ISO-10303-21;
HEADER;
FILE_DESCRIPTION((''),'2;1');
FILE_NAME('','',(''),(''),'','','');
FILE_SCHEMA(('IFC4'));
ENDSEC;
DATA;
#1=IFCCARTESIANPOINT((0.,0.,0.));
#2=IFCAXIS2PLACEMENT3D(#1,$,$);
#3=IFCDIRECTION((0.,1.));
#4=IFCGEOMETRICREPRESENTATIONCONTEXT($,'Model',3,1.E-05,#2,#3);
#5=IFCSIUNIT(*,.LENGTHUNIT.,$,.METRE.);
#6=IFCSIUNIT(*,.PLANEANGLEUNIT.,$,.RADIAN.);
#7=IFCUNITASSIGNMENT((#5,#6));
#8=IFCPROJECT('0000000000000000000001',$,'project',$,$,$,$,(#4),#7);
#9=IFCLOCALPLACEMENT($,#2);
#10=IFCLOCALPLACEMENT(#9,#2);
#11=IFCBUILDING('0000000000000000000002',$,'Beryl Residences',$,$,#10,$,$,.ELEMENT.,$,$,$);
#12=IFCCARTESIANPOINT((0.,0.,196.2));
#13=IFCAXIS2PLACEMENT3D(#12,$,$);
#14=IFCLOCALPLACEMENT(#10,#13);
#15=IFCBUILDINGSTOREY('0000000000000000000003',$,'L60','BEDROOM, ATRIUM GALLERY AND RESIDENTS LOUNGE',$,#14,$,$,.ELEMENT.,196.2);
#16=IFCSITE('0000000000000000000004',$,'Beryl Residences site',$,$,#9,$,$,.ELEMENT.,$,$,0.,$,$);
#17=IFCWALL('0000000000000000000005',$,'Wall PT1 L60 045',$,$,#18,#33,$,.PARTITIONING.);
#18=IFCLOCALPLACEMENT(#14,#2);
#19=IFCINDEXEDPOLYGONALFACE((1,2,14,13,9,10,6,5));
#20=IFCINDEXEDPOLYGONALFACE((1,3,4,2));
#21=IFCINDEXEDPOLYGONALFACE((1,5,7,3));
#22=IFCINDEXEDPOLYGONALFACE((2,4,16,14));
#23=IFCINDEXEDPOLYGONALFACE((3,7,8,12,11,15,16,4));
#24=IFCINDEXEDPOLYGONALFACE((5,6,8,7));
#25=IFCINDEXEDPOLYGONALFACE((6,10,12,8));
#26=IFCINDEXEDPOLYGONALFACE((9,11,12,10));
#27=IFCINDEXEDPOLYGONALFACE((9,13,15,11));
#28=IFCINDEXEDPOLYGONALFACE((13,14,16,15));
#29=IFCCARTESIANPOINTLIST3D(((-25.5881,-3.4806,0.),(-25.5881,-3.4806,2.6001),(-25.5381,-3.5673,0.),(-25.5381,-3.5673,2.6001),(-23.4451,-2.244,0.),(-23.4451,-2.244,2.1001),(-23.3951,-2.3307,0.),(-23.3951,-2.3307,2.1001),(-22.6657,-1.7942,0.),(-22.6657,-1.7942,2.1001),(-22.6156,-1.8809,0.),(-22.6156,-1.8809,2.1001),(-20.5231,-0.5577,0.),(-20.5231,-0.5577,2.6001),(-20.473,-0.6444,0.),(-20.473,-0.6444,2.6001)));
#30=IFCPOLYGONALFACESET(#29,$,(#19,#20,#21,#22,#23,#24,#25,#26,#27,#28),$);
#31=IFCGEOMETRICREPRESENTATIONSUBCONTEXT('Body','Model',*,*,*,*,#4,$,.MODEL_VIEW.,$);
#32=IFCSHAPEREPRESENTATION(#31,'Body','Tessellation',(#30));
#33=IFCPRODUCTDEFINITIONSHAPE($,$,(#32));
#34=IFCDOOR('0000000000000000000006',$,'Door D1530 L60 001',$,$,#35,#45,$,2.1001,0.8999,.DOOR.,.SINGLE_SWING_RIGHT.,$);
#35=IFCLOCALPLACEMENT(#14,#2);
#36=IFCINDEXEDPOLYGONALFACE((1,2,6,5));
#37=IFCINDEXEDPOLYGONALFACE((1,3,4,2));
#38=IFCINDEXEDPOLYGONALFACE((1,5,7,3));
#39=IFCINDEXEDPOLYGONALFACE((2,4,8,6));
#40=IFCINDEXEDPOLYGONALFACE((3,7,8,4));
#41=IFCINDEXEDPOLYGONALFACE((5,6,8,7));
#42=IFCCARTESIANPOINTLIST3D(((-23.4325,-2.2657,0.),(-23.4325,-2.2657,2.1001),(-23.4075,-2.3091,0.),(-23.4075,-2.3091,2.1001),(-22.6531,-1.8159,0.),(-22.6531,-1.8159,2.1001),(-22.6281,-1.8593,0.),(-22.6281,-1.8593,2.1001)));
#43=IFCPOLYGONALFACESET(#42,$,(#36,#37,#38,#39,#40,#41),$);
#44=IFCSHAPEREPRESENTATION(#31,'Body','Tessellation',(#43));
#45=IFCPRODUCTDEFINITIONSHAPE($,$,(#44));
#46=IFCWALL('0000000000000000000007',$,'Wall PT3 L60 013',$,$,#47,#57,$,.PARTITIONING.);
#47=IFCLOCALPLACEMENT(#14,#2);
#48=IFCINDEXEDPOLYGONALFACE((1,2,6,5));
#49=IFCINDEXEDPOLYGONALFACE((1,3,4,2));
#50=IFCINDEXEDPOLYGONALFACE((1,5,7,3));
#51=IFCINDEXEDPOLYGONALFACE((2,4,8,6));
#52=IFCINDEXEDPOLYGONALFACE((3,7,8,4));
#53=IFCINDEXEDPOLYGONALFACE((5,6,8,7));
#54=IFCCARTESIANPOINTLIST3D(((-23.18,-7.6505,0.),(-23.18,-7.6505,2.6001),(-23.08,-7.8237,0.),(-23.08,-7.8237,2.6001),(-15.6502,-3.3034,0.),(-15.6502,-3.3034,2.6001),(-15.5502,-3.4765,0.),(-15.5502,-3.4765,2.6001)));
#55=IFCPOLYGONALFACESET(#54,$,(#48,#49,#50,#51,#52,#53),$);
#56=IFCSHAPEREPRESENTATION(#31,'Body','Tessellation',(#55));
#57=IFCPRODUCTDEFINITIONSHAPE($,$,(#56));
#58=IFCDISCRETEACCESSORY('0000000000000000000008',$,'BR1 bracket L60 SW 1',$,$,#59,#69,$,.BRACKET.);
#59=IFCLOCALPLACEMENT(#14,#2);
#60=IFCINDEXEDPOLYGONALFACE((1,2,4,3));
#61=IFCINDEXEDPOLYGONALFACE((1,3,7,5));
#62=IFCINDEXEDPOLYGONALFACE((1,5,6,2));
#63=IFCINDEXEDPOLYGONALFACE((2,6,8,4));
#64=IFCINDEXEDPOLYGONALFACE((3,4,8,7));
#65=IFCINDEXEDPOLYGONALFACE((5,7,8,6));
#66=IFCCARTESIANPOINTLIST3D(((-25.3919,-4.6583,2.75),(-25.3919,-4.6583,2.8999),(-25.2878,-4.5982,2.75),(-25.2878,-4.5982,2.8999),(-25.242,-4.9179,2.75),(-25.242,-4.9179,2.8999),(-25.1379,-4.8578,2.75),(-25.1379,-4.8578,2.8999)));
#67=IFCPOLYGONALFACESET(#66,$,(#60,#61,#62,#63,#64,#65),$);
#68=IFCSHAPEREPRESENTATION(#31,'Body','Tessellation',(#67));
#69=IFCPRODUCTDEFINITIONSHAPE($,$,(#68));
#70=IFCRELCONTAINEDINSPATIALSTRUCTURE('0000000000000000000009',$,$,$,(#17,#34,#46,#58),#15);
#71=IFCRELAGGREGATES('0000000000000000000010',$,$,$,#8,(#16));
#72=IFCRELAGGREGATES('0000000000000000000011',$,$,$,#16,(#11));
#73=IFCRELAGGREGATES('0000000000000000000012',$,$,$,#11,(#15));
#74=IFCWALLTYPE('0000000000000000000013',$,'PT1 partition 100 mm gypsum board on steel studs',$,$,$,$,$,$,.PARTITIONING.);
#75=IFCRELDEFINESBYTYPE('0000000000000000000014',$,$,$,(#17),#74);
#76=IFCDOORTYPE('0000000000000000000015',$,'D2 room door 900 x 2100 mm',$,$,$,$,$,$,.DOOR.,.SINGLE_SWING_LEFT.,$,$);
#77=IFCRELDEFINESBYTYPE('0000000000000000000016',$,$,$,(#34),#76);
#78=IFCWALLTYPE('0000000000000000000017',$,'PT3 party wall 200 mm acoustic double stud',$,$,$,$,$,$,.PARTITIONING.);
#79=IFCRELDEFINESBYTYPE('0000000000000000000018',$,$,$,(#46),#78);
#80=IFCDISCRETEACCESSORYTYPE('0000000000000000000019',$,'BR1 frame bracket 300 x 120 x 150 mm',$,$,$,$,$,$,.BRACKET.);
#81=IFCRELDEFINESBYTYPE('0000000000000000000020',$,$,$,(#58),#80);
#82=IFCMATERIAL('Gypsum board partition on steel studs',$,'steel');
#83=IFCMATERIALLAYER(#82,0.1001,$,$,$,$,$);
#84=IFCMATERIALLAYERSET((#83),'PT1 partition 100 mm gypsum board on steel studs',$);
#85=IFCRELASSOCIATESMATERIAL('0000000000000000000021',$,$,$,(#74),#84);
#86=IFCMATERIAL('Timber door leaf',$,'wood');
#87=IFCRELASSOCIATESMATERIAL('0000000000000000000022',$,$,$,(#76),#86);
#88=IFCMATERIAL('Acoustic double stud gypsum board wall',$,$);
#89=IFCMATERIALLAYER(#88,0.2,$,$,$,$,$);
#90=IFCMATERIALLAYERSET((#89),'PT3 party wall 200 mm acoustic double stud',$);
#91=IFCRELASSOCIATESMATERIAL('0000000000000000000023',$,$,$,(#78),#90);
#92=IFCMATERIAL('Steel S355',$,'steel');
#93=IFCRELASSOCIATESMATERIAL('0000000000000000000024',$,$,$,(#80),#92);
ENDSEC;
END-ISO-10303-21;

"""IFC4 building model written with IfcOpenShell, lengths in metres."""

from ifc_helpers import new_model, si_unit, direction, frame, frame_2d, origin, place, context, subcontext, project, spatial, polyline, rectangle, outline, extrude, source, transform, mapped, material, layer, layer_set, type_object, type_shapes, element, fill, save


model = new_model("IFC4")

# Units and contexts
model_context = context("Model", 3, precision=1e-05, world=origin(), true_north=direction((0.0, 1.0)))
body_context = subcontext(model_context, "Body", "Model", "MODEL_VIEW")
ifc_project = project(units=[si_unit("LENGTHUNIT", "METRE"), si_unit("PLANEANGLEUNIT", "RADIAN")], contexts=[model_context])

# Site, building, storey
site_placement = place(None, origin())
site = spatial("IfcSite", under=ifc_project, at=site_placement, Name="Beryl Residences site", CompositionType="ELEMENT", RefElevation=0.0)
building_placement = place(site_placement, origin())
building = spatial("IfcBuilding", under=site, at=building_placement, Name="Beryl Residences", CompositionType="ELEMENT")
storey_placement = place(building_placement, frame((0.0, 0.0, 196.2)))
storey = spatial("IfcBuildingStorey", under=building, at=storey_placement, Name="L60", Description="BEDROOM, ATRIUM GALLERY AND RESIDENTS LOUNGE", CompositionType="ELEMENT", Elevation=196.2)

# Wall, opening, door
ifc_material_1 = material(Name="Gypsum board partition on steel studs", Category="steel")
ifc_layer_1 = layer(ifc_material_1, 0.1001)
ifc_layer_set_1 = layer_set([ifc_layer_1], Name="PT1 partition 100 mm gypsum board on steel studs")
wall_type_1 = type_object("IfcWallType", Name="PT1 partition 100 mm gypsum board on steel studs", PredefinedType="PARTITIONING", material=ifc_layer_set_1)
wall_1_placement = place(storey_placement, frame((-25.563, -3.5239, 0.0), z_axis=(0.0, 0.0, 1.0), x_axis=(0.866129, 0.499821, 0.0)))
wall_1 = element("IfcWall", 1, at=wall_1_placement, inside=storey, type_object=wall_type_1, Name="Wall PT1 L60 045", PredefinedType="PARTITIONING", context=body_context, shape_type="SweptSolid", body=[
    extrude(rectangle(XDim=5.8479, YDim=0.1001, at=frame_2d((2.9238, 0.0))), origin(), (0.0, 0.0, 1.0), 2.6001),
])
opening_1_placement = place(wall_1_placement, frame((2.4741, 0.0, 0.0)))
opening_1 = element("IfcOpeningElement", 2, at=opening_1_placement, cuts=wall_1, PredefinedType="OPENING", context=body_context, shape_type="SweptSolid", body=[
    extrude(rectangle(XDim=0.8999, YDim=2.1001, at=frame_2d((0.45, 1.05))), frame((0.0, 0.0601, 0.0), z_axis=(0.0, -1.0, 0.0), x_axis=(1.0, 0.0, 0.0)), (0.0, 0.0, 1.0), 0.1201),
])
ifc_material_2 = material(Name="Timber door leaf", Category="wood")
door_type = type_object("IfcDoorType", Name="D2 room door 900 x 2100 mm", OperationType="SINGLE_SWING_LEFT", PredefinedType="DOOR", material=ifc_material_2)
door_placement = place(opening_1_placement, origin())
door = element("IfcDoor", 3, at=door_placement, inside=storey, type_object=door_type, Name="Door D1530 L60 001", OperationType="SINGLE_SWING_RIGHT", OverallHeight=2.1001, OverallWidth=0.8999, PredefinedType="DOOR", context=body_context, shape_type="SweptSolid", body=[
    extrude(rectangle(XDim=0.8999, YDim=2.1001, at=frame_2d((0.45, 1.05))), frame((0.0, 0.0249, 0.0), z_axis=(0.0, -1.0, 0.0), x_axis=(1.0, 0.0, 0.0)), (0.0, 0.0, 1.0), 0.05),
])
fill(opening_1, door)

# Wall
ifc_material_3 = material(Name="Acoustic double stud gypsum board wall")
ifc_layer_2 = layer(ifc_material_3, 0.2)
ifc_layer_set_2 = layer_set([ifc_layer_2], Name="PT3 party wall 200 mm acoustic double stud")
wall_type_2 = type_object("IfcWallType", Name="PT3 party wall 200 mm acoustic double stud", PredefinedType="PARTITIONING", material=ifc_layer_set_2)
wall_2_placement = place(storey_placement, frame((-23.1299, -7.7371, 0.0), z_axis=(0.0, 0.0, 1.0), x_axis=(0.866033, 0.499987, 0.0)))
element("IfcWall", 4, at=wall_2_placement, inside=storey, type_object=wall_type_2, Name="Wall PT3 L60 013", PredefinedType="PARTITIONING", context=body_context, shape_type="SweptSolid", body=[
    extrude(rectangle(XDim=8.6946, YDim=0.2, at=frame_2d((4.3472, 0.0))), origin(), (0.0, 0.0, 1.0), 2.6001),
])

# Discrete accessory
ifc_material_4 = material(Name="Steel S355", Category="steel")
discrete_accessory_type = type_object("IfcDiscreteAccessoryType", Name="BR1 frame bracket 300 x 120 x 150 mm", PredefinedType="BRACKET", material=ifc_material_4)
shared_shape_1 = source(origin(), body_context, "Body", "SweptSolid", [
    extrude(outline(polyline([(-0.1499, 0.0), (0.1499, 0.0), (0.1499, 0.1201), (-0.1499, 0.1201), (-0.1499, 0.0)])), origin(), (0.0, 0.0, 1.0), 0.1499),
])
type_shapes(discrete_accessory_type, [shared_shape_1])
discrete_accessory_placement = place(storey_placement, frame((-25.2129, -4.728, 2.75), z_axis=(0.0, 0.0, 1.0), x_axis=(-0.5, 0.866025, 0.0)))
element("IfcDiscreteAccessory", 5, at=discrete_accessory_placement, inside=storey, type_object=discrete_accessory_type, Name="BR1 bracket L60 SW 1", PredefinedType="BRACKET", context=body_context, shape_type="MappedRepresentation", body=[
    mapped(shared_shape_1, transform((0.0, 0.0, 0.0))),
])

save(model, "model.ifc")
